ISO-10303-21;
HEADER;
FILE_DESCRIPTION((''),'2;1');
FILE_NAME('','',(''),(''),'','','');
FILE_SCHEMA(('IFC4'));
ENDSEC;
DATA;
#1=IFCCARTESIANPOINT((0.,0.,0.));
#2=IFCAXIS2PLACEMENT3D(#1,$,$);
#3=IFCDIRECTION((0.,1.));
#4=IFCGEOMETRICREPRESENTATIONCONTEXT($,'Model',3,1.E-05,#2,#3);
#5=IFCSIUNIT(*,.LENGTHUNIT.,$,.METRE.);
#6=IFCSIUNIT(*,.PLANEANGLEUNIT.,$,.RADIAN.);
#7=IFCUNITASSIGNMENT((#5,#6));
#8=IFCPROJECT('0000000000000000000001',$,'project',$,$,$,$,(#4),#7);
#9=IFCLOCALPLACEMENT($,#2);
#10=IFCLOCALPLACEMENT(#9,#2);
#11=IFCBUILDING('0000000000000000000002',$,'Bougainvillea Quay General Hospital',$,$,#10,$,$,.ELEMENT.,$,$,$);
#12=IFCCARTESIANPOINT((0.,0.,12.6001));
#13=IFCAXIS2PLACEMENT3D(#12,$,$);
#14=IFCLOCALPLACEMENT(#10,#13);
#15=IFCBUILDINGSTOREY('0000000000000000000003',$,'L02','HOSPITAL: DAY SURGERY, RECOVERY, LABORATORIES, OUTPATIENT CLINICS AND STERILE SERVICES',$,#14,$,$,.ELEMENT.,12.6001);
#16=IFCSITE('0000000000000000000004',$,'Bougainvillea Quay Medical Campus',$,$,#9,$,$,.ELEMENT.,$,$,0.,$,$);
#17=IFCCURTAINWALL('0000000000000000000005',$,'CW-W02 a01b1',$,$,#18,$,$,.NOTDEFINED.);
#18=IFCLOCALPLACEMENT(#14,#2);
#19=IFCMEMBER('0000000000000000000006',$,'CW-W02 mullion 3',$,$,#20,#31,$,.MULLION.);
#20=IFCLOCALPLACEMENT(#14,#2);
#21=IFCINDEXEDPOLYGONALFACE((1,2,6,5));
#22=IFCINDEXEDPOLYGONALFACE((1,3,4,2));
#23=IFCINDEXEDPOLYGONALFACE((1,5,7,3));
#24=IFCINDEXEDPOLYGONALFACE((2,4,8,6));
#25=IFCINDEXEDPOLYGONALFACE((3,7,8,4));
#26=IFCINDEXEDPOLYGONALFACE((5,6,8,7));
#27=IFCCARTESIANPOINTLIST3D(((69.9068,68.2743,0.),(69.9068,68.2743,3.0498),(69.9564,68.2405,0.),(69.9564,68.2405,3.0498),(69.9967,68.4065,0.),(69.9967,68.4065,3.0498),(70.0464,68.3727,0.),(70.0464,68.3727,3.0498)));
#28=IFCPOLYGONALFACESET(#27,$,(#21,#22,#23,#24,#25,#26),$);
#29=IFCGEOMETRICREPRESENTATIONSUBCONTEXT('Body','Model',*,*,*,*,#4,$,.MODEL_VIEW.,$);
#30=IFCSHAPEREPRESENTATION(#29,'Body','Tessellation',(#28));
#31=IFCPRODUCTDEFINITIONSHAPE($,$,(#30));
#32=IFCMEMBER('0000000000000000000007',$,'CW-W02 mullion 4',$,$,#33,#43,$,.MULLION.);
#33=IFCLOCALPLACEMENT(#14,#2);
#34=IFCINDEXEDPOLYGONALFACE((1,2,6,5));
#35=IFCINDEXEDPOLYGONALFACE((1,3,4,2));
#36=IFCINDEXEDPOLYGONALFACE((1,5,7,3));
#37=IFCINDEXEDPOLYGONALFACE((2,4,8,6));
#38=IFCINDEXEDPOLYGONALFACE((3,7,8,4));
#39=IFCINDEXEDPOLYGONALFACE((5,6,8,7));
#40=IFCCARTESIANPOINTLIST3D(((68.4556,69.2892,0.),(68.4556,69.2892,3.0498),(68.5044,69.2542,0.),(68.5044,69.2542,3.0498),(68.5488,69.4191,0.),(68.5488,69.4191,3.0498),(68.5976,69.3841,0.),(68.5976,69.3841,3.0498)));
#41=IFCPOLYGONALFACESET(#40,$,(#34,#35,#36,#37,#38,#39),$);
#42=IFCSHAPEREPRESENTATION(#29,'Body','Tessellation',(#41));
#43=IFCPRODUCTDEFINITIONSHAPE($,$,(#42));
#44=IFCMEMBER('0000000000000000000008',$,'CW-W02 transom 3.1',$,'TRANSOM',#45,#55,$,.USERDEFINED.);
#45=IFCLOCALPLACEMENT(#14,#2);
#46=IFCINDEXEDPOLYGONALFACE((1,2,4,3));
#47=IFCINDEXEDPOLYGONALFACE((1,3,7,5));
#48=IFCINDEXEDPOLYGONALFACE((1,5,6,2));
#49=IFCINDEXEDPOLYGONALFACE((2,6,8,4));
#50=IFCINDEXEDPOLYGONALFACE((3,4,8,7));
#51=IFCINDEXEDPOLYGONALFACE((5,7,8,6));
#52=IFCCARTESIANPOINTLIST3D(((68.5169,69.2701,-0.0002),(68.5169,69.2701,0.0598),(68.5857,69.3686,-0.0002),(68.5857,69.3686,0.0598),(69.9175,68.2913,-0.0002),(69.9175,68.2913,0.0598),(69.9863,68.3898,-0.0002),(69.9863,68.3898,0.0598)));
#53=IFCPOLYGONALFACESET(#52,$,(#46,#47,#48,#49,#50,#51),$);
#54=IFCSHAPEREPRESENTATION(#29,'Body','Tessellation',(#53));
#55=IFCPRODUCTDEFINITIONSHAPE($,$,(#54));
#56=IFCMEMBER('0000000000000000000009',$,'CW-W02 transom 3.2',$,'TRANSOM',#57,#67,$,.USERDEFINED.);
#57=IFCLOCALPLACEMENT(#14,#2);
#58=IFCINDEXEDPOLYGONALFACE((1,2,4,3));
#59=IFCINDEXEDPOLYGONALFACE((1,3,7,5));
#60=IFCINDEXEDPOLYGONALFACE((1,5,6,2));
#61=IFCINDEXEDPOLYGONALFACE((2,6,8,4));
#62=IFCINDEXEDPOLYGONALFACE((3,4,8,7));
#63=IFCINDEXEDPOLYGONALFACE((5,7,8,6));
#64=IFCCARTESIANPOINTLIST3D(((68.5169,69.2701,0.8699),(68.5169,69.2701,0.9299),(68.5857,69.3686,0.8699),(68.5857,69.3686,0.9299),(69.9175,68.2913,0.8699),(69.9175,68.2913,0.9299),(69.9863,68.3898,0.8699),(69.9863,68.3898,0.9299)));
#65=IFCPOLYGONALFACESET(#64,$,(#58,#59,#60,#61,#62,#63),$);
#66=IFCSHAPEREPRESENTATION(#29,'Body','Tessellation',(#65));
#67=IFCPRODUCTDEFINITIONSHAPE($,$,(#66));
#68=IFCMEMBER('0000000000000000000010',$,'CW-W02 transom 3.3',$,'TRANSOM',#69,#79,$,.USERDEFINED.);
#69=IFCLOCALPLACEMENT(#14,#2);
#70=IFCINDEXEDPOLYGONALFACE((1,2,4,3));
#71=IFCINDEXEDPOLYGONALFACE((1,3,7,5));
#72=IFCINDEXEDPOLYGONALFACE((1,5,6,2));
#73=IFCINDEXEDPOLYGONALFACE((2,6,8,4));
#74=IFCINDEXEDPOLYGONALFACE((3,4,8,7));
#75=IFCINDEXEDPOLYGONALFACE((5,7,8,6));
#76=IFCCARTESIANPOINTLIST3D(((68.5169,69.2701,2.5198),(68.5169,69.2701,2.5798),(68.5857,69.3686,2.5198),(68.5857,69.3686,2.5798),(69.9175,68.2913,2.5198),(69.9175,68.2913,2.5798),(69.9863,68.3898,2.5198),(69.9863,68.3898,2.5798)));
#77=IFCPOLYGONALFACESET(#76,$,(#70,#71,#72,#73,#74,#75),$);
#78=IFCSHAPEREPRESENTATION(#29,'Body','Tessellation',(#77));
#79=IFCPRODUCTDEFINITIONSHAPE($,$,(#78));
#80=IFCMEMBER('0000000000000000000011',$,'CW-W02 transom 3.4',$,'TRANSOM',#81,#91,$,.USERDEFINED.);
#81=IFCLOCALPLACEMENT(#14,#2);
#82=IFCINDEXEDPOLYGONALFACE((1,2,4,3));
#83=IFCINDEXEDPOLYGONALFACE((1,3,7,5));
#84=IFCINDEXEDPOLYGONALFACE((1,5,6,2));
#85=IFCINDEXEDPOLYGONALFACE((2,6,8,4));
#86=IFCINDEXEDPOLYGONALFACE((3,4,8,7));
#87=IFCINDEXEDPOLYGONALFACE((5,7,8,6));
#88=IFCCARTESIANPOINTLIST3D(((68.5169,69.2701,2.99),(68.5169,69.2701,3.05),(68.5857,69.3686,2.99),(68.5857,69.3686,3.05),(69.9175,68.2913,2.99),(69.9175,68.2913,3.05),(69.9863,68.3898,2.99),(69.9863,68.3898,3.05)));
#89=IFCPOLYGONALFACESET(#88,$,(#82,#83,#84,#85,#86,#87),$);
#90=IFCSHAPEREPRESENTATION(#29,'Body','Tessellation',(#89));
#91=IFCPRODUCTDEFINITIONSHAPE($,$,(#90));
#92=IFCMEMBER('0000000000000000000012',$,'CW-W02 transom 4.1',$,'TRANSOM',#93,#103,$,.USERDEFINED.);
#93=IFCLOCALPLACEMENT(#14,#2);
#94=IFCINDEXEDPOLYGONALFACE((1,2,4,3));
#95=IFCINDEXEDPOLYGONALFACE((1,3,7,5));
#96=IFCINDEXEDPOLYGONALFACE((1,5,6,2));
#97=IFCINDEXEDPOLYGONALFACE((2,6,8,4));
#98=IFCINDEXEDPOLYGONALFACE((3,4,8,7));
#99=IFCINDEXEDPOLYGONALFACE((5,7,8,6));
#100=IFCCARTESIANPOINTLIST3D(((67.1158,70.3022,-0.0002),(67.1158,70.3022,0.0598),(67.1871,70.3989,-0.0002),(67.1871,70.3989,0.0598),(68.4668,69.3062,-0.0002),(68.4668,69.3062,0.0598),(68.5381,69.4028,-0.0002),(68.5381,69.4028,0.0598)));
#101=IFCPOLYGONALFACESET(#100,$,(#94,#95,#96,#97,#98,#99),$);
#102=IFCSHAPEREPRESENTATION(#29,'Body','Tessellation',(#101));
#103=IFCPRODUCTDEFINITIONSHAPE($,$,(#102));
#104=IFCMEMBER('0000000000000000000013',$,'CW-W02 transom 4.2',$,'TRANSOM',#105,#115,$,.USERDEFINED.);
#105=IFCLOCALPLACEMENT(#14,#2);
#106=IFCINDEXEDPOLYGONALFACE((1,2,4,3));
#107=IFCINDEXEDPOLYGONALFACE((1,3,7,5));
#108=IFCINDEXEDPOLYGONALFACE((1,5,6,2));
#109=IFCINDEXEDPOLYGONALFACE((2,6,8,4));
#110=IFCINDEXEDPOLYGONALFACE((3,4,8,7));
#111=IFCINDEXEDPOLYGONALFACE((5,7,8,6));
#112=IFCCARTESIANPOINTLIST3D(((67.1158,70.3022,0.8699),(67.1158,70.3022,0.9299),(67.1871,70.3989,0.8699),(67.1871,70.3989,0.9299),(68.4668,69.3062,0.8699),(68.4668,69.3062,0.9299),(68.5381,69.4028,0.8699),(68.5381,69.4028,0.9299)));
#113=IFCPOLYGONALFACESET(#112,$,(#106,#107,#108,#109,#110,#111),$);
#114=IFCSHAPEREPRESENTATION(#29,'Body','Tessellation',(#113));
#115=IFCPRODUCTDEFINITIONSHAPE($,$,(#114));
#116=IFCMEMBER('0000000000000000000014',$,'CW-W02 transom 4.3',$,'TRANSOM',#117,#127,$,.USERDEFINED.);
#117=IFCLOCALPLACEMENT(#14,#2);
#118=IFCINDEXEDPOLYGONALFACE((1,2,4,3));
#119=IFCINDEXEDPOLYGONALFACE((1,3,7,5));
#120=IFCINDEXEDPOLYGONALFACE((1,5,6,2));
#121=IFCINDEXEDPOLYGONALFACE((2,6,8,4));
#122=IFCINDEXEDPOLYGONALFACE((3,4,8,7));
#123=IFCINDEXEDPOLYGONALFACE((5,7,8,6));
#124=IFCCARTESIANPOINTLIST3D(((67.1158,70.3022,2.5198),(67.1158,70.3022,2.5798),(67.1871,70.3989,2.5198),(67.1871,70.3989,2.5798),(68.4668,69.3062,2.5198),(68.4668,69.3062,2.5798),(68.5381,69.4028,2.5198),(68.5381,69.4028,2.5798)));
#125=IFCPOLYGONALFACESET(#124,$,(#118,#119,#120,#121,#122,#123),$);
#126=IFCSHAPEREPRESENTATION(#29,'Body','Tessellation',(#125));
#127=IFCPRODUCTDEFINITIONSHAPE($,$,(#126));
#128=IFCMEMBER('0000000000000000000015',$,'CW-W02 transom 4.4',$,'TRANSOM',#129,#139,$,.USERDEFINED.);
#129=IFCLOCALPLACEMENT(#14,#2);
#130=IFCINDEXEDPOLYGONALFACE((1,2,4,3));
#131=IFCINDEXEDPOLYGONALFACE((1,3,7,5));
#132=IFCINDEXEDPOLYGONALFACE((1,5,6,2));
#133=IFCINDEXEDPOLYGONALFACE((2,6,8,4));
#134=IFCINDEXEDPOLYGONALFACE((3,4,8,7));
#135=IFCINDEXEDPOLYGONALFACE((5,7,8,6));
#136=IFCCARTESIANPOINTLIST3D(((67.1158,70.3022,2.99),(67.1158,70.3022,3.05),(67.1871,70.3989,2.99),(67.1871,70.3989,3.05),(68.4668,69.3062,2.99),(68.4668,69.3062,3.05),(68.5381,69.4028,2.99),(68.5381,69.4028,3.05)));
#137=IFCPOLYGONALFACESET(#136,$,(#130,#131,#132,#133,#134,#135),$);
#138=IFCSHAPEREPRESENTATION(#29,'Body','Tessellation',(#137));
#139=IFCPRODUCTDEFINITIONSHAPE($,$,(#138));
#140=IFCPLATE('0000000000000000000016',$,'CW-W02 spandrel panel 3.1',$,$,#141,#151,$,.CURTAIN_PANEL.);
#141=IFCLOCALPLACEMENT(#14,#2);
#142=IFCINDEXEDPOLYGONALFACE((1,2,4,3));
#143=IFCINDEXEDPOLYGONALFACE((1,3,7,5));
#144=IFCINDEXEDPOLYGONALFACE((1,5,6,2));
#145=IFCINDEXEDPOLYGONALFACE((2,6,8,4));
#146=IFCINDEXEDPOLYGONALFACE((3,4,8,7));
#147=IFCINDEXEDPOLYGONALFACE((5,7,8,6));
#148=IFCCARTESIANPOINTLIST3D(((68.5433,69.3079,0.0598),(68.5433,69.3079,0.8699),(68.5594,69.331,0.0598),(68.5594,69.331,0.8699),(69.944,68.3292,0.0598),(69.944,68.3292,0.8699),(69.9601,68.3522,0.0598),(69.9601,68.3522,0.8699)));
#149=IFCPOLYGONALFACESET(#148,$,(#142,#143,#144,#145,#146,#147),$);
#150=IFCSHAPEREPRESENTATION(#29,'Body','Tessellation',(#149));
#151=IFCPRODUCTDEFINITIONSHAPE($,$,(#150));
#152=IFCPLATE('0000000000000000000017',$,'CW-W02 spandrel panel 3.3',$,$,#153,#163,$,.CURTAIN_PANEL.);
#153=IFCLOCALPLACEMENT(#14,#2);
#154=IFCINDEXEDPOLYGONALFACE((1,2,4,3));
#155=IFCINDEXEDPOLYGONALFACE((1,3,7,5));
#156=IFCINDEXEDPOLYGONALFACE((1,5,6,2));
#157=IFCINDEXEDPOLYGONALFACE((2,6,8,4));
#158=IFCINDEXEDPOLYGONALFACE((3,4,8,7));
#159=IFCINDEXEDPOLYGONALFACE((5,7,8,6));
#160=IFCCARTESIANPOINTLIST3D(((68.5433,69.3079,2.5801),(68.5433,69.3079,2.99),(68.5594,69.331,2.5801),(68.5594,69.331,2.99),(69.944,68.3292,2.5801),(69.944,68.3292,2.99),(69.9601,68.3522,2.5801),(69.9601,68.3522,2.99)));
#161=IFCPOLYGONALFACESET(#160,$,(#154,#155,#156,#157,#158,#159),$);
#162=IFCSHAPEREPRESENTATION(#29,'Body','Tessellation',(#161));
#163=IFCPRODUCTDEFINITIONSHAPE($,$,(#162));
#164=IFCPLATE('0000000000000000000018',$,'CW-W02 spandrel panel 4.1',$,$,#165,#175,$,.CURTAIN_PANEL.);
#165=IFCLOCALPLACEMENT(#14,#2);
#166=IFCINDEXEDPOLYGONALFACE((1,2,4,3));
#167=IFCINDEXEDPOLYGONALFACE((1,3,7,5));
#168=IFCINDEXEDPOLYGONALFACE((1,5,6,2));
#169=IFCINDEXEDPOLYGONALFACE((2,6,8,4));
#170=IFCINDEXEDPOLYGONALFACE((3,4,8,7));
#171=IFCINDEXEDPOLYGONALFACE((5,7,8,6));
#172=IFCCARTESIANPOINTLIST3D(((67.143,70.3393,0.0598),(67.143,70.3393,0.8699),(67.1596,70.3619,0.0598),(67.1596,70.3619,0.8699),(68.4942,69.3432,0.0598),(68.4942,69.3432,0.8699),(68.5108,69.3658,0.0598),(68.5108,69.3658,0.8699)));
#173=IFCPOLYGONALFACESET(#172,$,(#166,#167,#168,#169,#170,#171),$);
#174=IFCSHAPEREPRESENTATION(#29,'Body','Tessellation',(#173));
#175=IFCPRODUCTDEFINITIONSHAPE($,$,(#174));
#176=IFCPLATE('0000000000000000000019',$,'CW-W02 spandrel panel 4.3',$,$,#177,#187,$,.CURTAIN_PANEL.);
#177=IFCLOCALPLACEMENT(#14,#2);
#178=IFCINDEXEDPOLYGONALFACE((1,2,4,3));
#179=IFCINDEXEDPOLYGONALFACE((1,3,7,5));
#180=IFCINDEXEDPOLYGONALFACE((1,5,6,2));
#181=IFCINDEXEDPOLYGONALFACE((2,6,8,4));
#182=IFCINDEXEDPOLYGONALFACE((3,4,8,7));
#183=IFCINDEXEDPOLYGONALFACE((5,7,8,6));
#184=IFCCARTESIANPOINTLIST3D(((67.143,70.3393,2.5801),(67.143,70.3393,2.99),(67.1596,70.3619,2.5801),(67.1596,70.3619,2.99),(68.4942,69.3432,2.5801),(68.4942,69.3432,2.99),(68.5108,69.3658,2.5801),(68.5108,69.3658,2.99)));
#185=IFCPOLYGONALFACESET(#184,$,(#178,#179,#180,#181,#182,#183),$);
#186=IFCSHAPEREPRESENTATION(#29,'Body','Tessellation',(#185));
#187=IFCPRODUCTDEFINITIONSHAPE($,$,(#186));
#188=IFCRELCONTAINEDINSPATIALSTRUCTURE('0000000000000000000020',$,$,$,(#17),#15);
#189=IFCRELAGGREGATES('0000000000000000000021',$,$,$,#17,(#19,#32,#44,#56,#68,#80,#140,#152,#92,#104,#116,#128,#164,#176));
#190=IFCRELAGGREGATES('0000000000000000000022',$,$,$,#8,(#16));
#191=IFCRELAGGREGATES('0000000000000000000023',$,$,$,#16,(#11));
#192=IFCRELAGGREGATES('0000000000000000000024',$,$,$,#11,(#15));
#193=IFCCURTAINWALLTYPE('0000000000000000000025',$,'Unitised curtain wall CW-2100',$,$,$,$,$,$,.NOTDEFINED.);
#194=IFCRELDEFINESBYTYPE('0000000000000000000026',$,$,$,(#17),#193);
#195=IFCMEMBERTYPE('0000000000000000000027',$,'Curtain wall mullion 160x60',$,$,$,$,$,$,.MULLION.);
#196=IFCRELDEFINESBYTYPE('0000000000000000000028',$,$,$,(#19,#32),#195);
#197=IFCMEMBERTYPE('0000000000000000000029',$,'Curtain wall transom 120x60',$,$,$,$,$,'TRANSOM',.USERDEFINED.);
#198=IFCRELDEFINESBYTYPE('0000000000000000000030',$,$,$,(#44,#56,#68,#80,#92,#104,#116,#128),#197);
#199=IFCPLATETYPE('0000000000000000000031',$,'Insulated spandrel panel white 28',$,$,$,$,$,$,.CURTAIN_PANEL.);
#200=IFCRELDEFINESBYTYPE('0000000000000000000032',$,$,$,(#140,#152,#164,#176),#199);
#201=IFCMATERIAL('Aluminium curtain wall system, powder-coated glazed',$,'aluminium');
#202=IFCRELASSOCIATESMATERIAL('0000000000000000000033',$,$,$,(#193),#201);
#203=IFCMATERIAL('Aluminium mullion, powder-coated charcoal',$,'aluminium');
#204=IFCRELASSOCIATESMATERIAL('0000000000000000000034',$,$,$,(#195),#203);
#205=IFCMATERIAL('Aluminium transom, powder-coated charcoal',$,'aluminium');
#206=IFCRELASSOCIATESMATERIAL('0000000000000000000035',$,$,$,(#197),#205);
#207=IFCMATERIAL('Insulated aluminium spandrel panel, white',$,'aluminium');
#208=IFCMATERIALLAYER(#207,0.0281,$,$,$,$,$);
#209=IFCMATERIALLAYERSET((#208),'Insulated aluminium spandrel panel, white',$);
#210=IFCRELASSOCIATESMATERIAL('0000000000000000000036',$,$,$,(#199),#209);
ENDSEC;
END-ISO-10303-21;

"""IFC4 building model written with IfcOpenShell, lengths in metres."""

from ifc_helpers import new_model, si_unit, direction, frame, origin, origin_2d, place, context, subcontext, project, spatial, rectangle, extrude, material, layer, layer_set, material_profile, profile_set, type_object, element, aggregate, save


model = new_model("IFC4")

# Units and contexts
model_context = context("Model", 3, precision=1e-05, world=origin(), true_north=direction((0.0, 1.0)))
body_context = subcontext(model_context, "Body", "Model", "MODEL_VIEW")
ifc_project = project(units=[si_unit("LENGTHUNIT", "METRE"), si_unit("PLANEANGLEUNIT", "RADIAN")], contexts=[model_context])

# Site, building, storey
site_placement = place(None, origin())
site = spatial("IfcSite", under=ifc_project, at=site_placement, Name="Bougainvillea Quay Medical Campus", CompositionType="ELEMENT", RefElevation=0.0)
building_placement = place(site_placement, origin())
building = spatial("IfcBuilding", under=site, at=building_placement, Name="Bougainvillea Quay General Hospital", CompositionType="ELEMENT")
storey_placement = place(building_placement, frame((0.0, 0.0, 12.6001)))
storey = spatial("IfcBuildingStorey", under=building, at=storey_placement, Name="L02", Description="HOSPITAL: DAY SURGERY, RECOVERY, LABORATORIES, OUTPATIENT CLINICS AND STERILE SERVICES", CompositionType="ELEMENT", Elevation=12.6001)

# Curtain wall, members, plates
ifc_material_1 = material(Name="Aluminium curtain wall system, powder-coated glazed", Category="aluminium")
curtain_wall_type = type_object("IfcCurtainWallType", Name="Unitised curtain wall CW-2100", PredefinedType="NOTDEFINED", material=ifc_material_1)
curtain_wall_placement = place(storey_placement, origin())
curtain_wall = element("IfcCurtainWall", 1, at=curtain_wall_placement, inside=storey, type_object=curtain_wall_type, Name="CW-W02 a01b1", PredefinedType="NOTDEFINED")
ifc_material_2 = material(Name="Aluminium mullion, powder-coated charcoal", Category="aluminium")
ifc_material_profile_1 = material_profile(ifc_material_2, rectangle(XDim=0.1599, YDim=0.0601, at=origin_2d()))
ifc_profile_set_1 = profile_set([ifc_material_profile_1], Name="Aluminium mullion, powder-coated charcoal")
member_type_1 = type_object("IfcMemberType", Name="Curtain wall mullion 160x60", PredefinedType="MULLION", material=ifc_profile_set_1)
member_1_placement = place(storey_placement, frame((69.9766, 68.3235, 0.0), z_axis=(0.0, 0.0, 1.0), x_axis=(-0.562343, -0.826904, 0.0)))
member_1 = element("IfcMember", 2, at=member_1_placement, type_object=member_type_1, Name="CW-W02 mullion 3", PredefinedType="MULLION", context=body_context, shape_type="SweptSolid", body=[
    extrude(rectangle(XDim=0.1599, YDim=0.0601, at=origin_2d()), origin(), (0.0, 0.0, 1.0), 3.0498),
])
member_2_placement = place(storey_placement, frame((68.5266, 69.3367, 0.0), z_axis=(0.0, 0.0, 1.0), x_axis=(-0.58313, -0.812379, 0.0)))
member_2 = element("IfcMember", 3, at=member_2_placement, type_object=member_type_1, Name="CW-W02 mullion 4", PredefinedType="MULLION", context=body_context, shape_type="SweptSolid", body=[
    extrude(rectangle(XDim=0.1599, YDim=0.0601, at=origin_2d()), origin(), (0.0, 0.0, 1.0), 3.0498),
])
ifc_material_3 = material(Name="Aluminium transom, powder-coated charcoal", Category="aluminium")
ifc_material_profile_2 = material_profile(ifc_material_3, rectangle(XDim=0.1201, YDim=0.0601, at=origin_2d()))
ifc_profile_set_2 = profile_set([ifc_material_profile_2], Name="Aluminium transom, powder-coated charcoal")
member_type_2 = type_object("IfcMemberType", Name="Curtain wall transom 120x60", ElementType="TRANSOM", PredefinedType="USERDEFINED", material=ifc_profile_set_2)
member_3_placement = place(storey_placement, frame((69.9519, 68.3406, 0.0298), z_axis=(-0.819695, 0.572801, 0.0), x_axis=(-0.572801, -0.819695, 0.0)))
member_3 = element("IfcMember", 4, at=member_3_placement, type_object=member_type_2, Name="CW-W02 transom 3.1", ObjectType="TRANSOM", PredefinedType="USERDEFINED", context=body_context, shape_type="SweptSolid", body=[
    extrude(rectangle(XDim=0.1201, YDim=0.0601, at=origin_2d()), origin(), (0.0, 0.0, 1.0), 1.7087),
])
member_4_placement = place(storey_placement, frame((69.9519, 68.3406, 0.8999), z_axis=(-0.819695, 0.572801, 0.0), x_axis=(-0.572801, -0.819695, 0.0)))
member_4 = element("IfcMember", 5, at=member_4_placement, type_object=member_type_2, Name="CW-W02 transom 3.2", ObjectType="TRANSOM", PredefinedType="USERDEFINED", context=body_context, shape_type="SweptSolid", body=[
    extrude(rectangle(XDim=0.1201, YDim=0.0601, at=origin_2d()), origin(), (0.0, 0.0, 1.0), 1.7087),
])
member_5_placement = place(storey_placement, frame((69.9519, 68.3406, 2.5498), z_axis=(-0.819695, 0.572801, 0.0), x_axis=(-0.572801, -0.819695, 0.0)))
member_5 = element("IfcMember", 6, at=member_5_placement, type_object=member_type_2, Name="CW-W02 transom 3.3", ObjectType="TRANSOM", PredefinedType="USERDEFINED", context=body_context, shape_type="SweptSolid", body=[
    extrude(rectangle(XDim=0.1201, YDim=0.0601, at=origin_2d()), origin(), (0.0, 0.0, 1.0), 1.7087),
])
member_6_placement = place(storey_placement, frame((69.9519, 68.3406, 3.02), z_axis=(-0.819695, 0.572801, 0.0), x_axis=(-0.572801, -0.819695, 0.0)))
member_6 = element("IfcMember", 7, at=member_6_placement, type_object=member_type_2, Name="CW-W02 transom 3.4", ObjectType="TRANSOM", PredefinedType="USERDEFINED", context=body_context, shape_type="SweptSolid", body=[
    extrude(rectangle(XDim=0.1201, YDim=0.0601, at=origin_2d()), origin(), (0.0, 0.0, 1.0), 1.7087),
])
member_7_placement = place(storey_placement, frame((68.5024, 69.3545, 0.0298), z_axis=(-0.804895, 0.593417, 0.0), x_axis=(-0.593417, -0.804895, 0.0)))
member_7 = element("IfcMember", 8, at=member_7_placement, type_object=member_type_2, Name="CW-W02 transom 4.1", ObjectType="TRANSOM", PredefinedType="USERDEFINED", context=body_context, shape_type="SweptSolid", body=[
    extrude(rectangle(XDim=0.1201, YDim=0.0601, at=origin_2d()), origin(), (0.0, 0.0, 1.0), 1.6785),
])
member_8_placement = place(storey_placement, frame((68.5024, 69.3545, 0.8999), z_axis=(-0.804895, 0.593417, 0.0), x_axis=(-0.593417, -0.804895, 0.0)))
member_8 = element("IfcMember", 9, at=member_8_placement, type_object=member_type_2, Name="CW-W02 transom 4.2", ObjectType="TRANSOM", PredefinedType="USERDEFINED", context=body_context, shape_type="SweptSolid", body=[
    extrude(rectangle(XDim=0.1201, YDim=0.0601, at=origin_2d()), origin(), (0.0, 0.0, 1.0), 1.6785),
])
member_9_placement = place(storey_placement, frame((68.5024, 69.3545, 2.5498), z_axis=(-0.804895, 0.593417, 0.0), x_axis=(-0.593417, -0.804895, 0.0)))
member_9 = element("IfcMember", 10, at=member_9_placement, type_object=member_type_2, Name="CW-W02 transom 4.3", ObjectType="TRANSOM", PredefinedType="USERDEFINED", context=body_context, shape_type="SweptSolid", body=[
    extrude(rectangle(XDim=0.1201, YDim=0.0601, at=origin_2d()), origin(), (0.0, 0.0, 1.0), 1.6785),
])
member_10_placement = place(storey_placement, frame((68.5024, 69.3545, 3.02), z_axis=(-0.804895, 0.593417, 0.0), x_axis=(-0.593417, -0.804895, 0.0)))
member_10 = element("IfcMember", 11, at=member_10_placement, type_object=member_type_2, Name="CW-W02 transom 4.4", ObjectType="TRANSOM", PredefinedType="USERDEFINED", context=body_context, shape_type="SweptSolid", body=[
    extrude(rectangle(XDim=0.1201, YDim=0.0601, at=origin_2d()), origin(), (0.0, 0.0, 1.0), 1.6785),
])
ifc_material_4 = material(Name="Insulated aluminium spandrel panel, white", Category="aluminium")
ifc_layer_1 = layer(ifc_material_4, 0.0281)
ifc_layer_set_1 = layer_set([ifc_layer_1], Name="Insulated aluminium spandrel panel, white")
plate_type_1 = type_object("IfcPlateType", Name="Insulated spandrel panel white 28", PredefinedType="CURTAIN_PANEL", material=ifc_layer_set_1)
plate_1_placement = place(storey_placement, frame((69.2517, 68.8301, 0.0598), z_axis=(0.0, 0.0, 1.0), x_axis=(-0.819707, 0.572783, 0.0)))
plate_1 = element("IfcPlate", 12, at=plate_1_placement, type_object=plate_type_1, Name="CW-W02 spandrel panel 3.1", PredefinedType="CURTAIN_PANEL", context=body_context, shape_type="SweptSolid", body=[
    extrude(rectangle(XDim=1.7087, YDim=0.0281, at=origin_2d()), origin(), (0.0, 0.0, 1.0), 0.8101),
])
plate_2_placement = place(storey_placement, frame((69.2517, 68.8301, 2.5801), z_axis=(0.0, 0.0, 1.0), x_axis=(-0.819707, 0.572783, 0.0)))
plate_2 = element("IfcPlate", 13, at=plate_2_placement, type_object=plate_type_1, Name="CW-W02 spandrel panel 3.3", PredefinedType="CURTAIN_PANEL", context=body_context, shape_type="SweptSolid", body=[
    extrude(rectangle(XDim=1.7087, YDim=0.0281, at=origin_2d()), origin(), (0.0, 0.0, 1.0), 0.4099),
])
plate_3_placement = place(storey_placement, frame((67.8269, 69.8525, 0.0598), z_axis=(0.0, 0.0, 1.0), x_axis=(-0.80492, 0.593384, 0.0)))
plate_3 = element("IfcPlate", 14, at=plate_3_placement, type_object=plate_type_1, Name="CW-W02 spandrel panel 4.1", PredefinedType="CURTAIN_PANEL", context=body_context, shape_type="SweptSolid", body=[
    extrude(rectangle(XDim=1.6787, YDim=0.0281, at=origin_2d()), origin(), (0.0, 0.0, 1.0), 0.8101),
])
plate_4_placement = place(storey_placement, frame((67.8269, 69.8525, 2.5801), z_axis=(0.0, 0.0, 1.0), x_axis=(-0.80492, 0.593384, 0.0)))
plate_4 = element("IfcPlate", 15, at=plate_4_placement, type_object=plate_type_1, Name="CW-W02 spandrel panel 4.3", PredefinedType="CURTAIN_PANEL", context=body_context, shape_type="SweptSolid", body=[
    extrude(rectangle(XDim=1.6787, YDim=0.0281, at=origin_2d()), origin(), (0.0, 0.0, 1.0), 0.4099),
])
aggregate(curtain_wall, [member_1, member_2, member_3, member_4, member_5, member_6, plate_1, plate_2, member_7, member_8, member_9, member_10, plate_3, plate_4])

save(model, "model.ifc")
